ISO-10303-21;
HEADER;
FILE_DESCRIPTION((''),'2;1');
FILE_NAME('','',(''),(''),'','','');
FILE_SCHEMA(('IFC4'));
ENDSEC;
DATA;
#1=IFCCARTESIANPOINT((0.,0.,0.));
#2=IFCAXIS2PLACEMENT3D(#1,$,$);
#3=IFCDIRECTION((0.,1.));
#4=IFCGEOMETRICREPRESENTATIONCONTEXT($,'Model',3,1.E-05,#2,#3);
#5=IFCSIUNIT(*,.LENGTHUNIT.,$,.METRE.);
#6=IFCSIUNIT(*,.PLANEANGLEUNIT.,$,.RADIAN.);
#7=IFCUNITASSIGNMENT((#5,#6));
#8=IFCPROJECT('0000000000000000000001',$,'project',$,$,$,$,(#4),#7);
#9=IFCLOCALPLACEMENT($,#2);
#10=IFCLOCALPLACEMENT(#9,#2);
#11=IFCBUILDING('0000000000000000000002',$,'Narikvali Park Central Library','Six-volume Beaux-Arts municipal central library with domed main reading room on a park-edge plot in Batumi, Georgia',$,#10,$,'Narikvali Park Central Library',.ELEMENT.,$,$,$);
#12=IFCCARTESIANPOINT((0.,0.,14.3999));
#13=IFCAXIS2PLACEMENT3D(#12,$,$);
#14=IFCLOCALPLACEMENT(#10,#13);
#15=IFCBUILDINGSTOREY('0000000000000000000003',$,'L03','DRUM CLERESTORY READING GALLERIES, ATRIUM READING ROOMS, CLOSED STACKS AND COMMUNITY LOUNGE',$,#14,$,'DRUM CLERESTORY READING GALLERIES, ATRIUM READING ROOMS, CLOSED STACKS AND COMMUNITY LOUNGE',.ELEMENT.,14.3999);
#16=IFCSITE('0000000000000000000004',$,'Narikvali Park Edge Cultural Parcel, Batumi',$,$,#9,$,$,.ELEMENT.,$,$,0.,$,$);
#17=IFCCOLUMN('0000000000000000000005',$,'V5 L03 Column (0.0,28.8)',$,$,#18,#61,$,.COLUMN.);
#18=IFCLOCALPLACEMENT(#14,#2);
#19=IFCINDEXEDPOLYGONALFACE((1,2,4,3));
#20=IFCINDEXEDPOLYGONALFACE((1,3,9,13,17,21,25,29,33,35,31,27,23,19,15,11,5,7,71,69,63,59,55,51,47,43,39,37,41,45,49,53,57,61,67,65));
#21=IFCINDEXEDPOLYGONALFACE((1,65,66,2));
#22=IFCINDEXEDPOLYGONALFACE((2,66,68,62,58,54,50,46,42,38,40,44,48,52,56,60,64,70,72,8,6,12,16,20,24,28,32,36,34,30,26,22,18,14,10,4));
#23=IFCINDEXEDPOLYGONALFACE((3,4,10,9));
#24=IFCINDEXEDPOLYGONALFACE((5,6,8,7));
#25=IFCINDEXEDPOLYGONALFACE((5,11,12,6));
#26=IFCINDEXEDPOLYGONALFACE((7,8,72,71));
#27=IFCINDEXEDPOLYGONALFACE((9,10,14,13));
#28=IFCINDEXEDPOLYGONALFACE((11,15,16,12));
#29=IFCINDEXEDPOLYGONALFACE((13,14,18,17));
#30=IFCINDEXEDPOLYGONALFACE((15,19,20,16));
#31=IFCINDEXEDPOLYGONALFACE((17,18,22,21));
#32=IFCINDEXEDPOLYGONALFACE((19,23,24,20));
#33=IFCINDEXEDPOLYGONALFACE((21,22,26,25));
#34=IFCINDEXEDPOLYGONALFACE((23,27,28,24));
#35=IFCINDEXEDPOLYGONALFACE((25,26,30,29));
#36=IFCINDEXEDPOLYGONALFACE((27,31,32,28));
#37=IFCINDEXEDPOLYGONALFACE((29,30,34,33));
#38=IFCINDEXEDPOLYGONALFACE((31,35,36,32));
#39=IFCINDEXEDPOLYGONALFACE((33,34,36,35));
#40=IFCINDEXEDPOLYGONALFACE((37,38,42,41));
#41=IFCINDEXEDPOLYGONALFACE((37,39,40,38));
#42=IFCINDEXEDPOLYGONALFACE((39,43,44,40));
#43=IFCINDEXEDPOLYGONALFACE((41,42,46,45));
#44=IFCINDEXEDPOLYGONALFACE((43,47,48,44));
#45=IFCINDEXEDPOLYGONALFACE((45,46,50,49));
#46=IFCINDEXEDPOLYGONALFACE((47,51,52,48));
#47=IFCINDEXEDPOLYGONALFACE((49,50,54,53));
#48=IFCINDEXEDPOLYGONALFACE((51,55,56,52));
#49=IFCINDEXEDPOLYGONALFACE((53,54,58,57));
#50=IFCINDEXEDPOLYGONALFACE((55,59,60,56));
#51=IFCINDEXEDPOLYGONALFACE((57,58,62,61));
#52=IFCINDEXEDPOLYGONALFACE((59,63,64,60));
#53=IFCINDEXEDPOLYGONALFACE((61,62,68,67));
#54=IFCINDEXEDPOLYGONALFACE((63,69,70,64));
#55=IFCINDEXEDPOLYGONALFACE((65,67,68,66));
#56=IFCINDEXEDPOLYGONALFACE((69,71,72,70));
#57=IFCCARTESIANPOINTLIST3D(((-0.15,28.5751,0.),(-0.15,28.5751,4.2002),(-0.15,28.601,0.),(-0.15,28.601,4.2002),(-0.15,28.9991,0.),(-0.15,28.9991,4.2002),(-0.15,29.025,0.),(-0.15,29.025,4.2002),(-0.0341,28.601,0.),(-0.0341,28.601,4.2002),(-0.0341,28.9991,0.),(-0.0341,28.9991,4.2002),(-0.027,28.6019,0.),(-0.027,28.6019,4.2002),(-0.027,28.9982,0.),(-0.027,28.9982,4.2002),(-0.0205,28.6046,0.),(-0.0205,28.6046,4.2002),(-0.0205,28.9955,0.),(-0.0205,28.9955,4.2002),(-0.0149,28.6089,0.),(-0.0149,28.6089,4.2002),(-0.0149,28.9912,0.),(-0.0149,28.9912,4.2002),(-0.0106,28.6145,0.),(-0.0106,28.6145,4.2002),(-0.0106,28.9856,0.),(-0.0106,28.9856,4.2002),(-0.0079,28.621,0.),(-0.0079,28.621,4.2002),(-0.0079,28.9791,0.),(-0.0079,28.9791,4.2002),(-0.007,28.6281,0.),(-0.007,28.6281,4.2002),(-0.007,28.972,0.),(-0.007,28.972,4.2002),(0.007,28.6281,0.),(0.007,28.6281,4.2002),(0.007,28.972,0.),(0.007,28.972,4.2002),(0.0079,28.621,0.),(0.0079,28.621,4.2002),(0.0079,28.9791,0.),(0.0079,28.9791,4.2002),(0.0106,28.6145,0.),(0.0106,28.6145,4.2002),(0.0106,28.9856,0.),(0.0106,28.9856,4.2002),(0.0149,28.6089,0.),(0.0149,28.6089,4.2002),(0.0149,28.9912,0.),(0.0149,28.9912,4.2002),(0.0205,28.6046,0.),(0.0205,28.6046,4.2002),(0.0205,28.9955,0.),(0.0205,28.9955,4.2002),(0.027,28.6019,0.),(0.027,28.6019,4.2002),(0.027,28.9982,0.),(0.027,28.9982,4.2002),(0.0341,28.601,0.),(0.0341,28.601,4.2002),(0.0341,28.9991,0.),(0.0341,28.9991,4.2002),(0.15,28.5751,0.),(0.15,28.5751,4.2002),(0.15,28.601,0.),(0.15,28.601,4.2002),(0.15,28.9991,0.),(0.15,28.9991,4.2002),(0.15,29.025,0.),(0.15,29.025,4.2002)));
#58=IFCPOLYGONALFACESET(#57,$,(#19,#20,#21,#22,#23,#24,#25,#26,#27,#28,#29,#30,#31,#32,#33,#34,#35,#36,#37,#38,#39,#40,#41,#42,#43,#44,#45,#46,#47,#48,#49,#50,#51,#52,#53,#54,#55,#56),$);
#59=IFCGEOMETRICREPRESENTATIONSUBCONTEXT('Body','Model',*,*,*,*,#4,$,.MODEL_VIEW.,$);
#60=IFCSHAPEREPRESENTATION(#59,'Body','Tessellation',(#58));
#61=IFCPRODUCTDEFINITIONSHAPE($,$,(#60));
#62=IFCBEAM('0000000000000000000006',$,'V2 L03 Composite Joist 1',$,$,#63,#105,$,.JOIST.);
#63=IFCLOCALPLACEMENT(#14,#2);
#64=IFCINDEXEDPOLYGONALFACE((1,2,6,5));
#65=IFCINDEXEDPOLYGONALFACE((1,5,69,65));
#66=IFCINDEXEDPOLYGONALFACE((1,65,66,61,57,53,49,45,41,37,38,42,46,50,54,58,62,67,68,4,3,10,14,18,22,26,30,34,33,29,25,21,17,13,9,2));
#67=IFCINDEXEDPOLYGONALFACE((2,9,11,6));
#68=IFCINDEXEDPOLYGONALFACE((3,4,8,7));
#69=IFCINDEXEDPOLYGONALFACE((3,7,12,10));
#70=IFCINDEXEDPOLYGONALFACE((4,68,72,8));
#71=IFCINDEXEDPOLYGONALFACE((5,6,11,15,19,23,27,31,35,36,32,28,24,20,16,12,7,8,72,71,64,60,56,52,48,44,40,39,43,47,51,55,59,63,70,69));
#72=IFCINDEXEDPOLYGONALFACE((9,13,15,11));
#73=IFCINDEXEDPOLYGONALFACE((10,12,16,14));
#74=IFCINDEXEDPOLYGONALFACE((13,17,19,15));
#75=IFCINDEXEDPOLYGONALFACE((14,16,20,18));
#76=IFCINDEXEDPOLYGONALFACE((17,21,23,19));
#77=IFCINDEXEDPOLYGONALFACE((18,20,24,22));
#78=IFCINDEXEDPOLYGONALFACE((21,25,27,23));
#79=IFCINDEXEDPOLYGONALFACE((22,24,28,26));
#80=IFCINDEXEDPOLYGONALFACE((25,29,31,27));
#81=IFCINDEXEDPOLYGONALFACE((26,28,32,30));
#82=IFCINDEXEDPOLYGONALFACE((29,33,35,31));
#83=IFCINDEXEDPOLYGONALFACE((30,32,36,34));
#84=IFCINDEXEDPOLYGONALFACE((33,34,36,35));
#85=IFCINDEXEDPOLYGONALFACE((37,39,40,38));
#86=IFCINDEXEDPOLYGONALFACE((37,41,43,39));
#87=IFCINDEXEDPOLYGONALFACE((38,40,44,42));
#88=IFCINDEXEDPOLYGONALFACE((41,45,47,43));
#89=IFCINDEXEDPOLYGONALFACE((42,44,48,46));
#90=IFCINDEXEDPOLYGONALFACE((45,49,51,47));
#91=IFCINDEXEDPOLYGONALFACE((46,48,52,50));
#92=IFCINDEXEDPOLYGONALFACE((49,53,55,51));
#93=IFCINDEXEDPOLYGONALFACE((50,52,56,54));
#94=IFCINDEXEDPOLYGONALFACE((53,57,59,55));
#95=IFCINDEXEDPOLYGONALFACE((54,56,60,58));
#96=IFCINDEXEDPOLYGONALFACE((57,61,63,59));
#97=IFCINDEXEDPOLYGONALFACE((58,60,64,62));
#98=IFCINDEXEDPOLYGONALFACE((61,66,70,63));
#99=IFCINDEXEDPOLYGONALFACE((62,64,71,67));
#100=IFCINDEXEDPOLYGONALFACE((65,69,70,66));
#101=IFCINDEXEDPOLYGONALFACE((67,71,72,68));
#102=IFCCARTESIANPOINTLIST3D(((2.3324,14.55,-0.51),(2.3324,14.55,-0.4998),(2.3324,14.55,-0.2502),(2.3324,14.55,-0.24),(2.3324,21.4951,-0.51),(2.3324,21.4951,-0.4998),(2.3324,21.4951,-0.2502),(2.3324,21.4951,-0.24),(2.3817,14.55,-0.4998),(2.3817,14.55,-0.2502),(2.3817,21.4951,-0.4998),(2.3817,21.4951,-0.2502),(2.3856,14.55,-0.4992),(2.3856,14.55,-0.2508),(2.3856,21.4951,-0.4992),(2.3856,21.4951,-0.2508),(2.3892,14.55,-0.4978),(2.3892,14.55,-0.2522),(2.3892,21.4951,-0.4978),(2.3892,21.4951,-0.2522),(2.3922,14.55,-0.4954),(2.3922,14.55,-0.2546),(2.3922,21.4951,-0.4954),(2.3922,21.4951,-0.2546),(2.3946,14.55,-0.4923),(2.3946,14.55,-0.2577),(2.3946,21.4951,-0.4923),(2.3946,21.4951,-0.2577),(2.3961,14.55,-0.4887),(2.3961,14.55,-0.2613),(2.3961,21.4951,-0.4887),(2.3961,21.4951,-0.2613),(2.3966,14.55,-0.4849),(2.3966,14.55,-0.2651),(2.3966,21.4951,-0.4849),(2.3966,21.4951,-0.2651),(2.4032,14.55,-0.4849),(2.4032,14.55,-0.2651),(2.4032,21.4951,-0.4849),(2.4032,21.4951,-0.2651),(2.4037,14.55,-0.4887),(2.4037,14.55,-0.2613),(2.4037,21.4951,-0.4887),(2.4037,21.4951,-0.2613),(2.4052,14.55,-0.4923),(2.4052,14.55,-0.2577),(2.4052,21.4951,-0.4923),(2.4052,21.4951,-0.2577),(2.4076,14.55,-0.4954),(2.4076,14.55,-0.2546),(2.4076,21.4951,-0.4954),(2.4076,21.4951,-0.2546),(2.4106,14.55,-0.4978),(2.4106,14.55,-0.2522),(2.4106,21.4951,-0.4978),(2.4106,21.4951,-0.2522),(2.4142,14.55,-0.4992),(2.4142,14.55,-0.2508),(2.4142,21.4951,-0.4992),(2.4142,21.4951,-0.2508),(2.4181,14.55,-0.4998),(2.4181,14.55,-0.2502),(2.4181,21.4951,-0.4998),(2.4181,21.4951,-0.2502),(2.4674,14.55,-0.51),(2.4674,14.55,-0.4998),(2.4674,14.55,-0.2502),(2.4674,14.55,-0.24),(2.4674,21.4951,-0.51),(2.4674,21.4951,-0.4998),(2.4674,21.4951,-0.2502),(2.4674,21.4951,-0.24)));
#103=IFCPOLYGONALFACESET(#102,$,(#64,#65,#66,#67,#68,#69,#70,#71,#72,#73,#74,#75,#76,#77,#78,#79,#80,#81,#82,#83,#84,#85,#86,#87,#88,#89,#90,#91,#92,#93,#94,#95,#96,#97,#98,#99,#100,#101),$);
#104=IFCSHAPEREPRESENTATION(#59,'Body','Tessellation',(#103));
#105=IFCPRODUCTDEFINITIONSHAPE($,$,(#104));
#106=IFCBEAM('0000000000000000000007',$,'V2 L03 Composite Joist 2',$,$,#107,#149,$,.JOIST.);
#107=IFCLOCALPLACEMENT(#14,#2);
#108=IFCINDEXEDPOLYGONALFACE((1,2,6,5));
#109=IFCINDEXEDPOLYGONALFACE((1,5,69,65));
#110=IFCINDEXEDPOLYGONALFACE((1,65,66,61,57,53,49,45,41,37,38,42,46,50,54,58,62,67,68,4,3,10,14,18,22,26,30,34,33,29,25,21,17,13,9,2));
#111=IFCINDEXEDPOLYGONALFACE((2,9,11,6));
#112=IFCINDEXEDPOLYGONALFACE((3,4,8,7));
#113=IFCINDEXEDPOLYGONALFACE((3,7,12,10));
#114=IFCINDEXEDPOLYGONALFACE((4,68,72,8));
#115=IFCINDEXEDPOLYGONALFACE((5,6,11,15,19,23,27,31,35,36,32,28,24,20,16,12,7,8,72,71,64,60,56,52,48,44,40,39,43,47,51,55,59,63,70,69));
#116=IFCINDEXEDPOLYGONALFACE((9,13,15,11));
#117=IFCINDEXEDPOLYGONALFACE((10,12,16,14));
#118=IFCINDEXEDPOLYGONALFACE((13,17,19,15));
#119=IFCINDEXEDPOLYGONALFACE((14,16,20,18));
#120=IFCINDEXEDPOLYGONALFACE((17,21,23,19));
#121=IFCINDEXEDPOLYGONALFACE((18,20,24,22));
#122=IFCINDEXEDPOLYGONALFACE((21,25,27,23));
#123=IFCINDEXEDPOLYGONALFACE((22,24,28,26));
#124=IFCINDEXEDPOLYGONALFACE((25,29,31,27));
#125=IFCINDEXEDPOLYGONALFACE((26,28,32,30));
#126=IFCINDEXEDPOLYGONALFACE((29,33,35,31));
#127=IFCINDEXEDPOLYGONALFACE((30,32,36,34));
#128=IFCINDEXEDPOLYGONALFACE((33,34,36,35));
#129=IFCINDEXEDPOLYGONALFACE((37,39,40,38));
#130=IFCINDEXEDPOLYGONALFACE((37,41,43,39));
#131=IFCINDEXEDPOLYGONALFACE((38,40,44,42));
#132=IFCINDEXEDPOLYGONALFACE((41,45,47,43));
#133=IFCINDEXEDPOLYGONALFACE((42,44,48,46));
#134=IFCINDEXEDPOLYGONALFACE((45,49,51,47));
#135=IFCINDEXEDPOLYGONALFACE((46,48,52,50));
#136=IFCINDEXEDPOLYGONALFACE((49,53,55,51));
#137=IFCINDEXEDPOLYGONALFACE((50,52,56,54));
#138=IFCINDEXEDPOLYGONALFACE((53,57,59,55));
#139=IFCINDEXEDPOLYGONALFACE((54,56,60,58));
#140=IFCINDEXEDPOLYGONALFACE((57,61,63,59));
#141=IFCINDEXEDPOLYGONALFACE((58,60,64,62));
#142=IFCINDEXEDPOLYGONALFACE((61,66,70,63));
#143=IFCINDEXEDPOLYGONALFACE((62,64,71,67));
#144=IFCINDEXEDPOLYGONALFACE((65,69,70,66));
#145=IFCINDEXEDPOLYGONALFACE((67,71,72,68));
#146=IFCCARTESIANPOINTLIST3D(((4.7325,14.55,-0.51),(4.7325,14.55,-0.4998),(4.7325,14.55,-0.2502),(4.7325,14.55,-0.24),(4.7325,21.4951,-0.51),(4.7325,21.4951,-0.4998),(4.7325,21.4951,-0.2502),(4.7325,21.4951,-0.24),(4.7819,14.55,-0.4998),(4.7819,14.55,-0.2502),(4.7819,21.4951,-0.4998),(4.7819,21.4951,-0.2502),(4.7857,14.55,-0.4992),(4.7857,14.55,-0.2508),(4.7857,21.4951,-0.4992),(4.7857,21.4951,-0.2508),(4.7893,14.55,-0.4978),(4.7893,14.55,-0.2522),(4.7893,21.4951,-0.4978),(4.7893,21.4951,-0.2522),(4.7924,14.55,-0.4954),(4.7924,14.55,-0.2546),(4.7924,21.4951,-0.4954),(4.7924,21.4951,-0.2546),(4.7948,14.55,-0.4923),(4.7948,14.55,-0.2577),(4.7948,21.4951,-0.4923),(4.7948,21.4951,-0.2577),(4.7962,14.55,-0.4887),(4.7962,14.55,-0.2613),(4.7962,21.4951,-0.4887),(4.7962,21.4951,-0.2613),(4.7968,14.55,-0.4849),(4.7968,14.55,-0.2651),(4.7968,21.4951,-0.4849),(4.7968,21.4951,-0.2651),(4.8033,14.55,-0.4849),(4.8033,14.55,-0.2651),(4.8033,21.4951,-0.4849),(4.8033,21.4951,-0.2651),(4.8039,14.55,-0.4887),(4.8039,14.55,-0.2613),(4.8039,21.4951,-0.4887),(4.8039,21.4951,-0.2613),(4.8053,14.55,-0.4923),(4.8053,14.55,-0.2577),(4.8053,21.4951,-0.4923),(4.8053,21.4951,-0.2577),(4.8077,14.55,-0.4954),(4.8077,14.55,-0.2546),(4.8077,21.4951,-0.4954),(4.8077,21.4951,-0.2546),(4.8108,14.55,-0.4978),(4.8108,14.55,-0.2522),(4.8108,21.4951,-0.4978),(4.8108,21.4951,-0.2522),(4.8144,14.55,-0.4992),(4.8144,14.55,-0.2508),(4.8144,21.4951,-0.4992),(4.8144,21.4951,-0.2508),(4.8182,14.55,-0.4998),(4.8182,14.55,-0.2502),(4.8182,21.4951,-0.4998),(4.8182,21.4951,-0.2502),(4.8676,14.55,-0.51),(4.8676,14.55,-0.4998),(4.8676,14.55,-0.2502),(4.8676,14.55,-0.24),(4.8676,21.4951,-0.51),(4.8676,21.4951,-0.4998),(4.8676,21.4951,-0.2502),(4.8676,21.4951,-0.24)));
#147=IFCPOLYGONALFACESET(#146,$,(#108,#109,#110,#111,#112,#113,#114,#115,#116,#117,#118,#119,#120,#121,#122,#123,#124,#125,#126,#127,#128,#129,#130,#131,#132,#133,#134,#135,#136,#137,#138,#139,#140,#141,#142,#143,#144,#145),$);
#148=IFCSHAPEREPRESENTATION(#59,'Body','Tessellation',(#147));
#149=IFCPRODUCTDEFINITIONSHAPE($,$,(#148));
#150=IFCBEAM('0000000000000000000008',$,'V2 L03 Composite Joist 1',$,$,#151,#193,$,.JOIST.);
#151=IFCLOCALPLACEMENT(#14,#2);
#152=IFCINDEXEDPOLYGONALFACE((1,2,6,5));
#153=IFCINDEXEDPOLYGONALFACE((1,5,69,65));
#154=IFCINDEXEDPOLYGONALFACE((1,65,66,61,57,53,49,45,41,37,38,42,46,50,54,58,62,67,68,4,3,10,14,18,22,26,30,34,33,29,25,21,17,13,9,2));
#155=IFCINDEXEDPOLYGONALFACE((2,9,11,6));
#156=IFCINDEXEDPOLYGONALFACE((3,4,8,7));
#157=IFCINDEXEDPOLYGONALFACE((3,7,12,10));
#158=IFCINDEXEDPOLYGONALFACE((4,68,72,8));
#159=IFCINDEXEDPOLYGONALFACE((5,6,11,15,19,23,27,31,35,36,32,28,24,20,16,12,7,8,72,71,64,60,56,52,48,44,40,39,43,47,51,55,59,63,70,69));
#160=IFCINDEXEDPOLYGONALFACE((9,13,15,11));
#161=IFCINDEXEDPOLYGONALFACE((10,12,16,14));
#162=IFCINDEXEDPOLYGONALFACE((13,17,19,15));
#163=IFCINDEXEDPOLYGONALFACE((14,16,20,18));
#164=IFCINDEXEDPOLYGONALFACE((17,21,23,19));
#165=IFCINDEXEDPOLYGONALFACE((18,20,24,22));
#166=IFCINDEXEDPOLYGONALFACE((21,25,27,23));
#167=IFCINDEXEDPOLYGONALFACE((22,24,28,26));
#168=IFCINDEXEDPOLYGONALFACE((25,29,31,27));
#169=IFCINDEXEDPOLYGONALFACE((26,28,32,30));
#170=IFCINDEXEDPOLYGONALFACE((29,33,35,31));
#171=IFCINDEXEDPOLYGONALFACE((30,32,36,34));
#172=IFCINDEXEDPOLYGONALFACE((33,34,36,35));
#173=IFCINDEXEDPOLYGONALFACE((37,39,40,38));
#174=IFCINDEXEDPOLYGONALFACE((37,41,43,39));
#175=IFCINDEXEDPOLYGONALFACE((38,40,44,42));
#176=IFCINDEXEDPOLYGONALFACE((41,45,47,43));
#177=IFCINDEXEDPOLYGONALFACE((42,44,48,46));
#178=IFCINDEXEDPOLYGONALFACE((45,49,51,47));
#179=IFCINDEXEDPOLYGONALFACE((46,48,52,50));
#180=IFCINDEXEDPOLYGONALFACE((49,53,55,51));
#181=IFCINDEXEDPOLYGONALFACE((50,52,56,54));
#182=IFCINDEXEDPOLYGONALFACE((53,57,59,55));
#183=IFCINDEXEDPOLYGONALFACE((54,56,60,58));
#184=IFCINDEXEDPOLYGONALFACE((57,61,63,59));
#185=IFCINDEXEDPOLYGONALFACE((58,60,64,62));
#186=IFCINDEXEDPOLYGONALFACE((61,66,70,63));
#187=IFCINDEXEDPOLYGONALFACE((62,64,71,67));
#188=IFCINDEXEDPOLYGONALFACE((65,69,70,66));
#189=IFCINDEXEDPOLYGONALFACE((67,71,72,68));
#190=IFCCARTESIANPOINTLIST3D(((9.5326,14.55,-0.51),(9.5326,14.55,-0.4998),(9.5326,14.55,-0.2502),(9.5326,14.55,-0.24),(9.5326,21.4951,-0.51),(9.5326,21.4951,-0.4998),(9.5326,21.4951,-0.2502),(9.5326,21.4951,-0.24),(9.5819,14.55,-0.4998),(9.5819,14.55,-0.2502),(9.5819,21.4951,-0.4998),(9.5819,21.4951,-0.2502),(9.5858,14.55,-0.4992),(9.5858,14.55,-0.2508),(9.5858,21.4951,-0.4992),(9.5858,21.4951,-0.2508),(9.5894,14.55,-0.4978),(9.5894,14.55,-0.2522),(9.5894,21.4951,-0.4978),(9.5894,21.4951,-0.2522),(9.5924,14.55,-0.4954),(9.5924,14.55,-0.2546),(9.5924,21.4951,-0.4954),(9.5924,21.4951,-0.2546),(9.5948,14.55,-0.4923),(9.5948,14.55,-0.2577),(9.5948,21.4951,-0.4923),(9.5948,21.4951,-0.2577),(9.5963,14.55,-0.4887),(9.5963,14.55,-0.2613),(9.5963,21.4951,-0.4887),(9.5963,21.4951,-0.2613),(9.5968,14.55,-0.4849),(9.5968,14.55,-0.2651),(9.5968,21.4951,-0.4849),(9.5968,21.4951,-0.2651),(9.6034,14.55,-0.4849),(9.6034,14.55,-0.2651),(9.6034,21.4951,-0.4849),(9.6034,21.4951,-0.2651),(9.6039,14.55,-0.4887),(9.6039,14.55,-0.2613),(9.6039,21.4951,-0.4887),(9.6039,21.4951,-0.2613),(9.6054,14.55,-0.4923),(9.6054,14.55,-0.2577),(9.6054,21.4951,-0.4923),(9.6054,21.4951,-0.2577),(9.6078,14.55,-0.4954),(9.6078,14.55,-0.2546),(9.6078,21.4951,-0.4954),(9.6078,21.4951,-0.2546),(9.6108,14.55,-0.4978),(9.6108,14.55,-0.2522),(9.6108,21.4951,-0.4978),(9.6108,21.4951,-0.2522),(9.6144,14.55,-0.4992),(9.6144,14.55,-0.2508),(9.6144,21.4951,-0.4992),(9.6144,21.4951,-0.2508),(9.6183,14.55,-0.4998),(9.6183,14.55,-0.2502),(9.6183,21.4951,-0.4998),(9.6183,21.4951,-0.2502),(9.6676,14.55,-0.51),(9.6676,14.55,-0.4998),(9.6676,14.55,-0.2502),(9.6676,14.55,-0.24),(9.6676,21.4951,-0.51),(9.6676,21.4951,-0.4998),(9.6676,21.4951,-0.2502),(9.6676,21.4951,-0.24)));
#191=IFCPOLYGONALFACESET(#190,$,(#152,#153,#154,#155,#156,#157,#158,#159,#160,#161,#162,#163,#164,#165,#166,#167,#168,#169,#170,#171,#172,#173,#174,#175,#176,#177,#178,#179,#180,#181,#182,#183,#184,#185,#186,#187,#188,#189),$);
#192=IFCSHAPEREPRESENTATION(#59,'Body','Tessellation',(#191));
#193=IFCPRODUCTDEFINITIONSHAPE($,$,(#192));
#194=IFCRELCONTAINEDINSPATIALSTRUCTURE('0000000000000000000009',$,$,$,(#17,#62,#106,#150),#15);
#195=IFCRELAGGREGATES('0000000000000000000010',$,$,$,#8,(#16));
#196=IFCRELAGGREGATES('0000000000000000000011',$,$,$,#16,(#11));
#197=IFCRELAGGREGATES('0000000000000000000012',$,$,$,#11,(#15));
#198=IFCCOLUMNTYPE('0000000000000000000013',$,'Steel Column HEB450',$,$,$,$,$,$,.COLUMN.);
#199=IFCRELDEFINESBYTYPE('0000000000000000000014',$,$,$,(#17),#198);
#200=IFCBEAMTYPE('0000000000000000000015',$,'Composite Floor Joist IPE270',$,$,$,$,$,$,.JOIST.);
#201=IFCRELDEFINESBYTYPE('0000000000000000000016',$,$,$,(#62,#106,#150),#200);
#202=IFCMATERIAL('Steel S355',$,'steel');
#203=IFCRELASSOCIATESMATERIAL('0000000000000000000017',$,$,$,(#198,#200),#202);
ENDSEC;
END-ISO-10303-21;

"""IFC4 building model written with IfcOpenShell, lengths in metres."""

from ifc_helpers import new_model, si_unit, direction, frame, origin, origin_2d, place, context, subcontext, project, spatial, i_section, extrude, material, material_profile, profile_set, type_object, element, save


model = new_model("IFC4")

# Units and contexts
model_context = context("Model", 3, precision=1e-05, world=origin(), true_north=direction((0.0, 1.0)))
body_context = subcontext(model_context, "Body", "Model", "MODEL_VIEW")
ifc_project = project(units=[si_unit("LENGTHUNIT", "METRE"), si_unit("PLANEANGLEUNIT", "RADIAN")], contexts=[model_context])

# Site, building, storey
site_placement = place(None, origin())
site = spatial("IfcSite", under=ifc_project, at=site_placement, Name="Narikvali Park Edge Cultural Parcel, Batumi", CompositionType="ELEMENT", RefElevation=0.0)
building_placement = place(site_placement, origin())
building = spatial("IfcBuilding", under=site, at=building_placement, Name="Narikvali Park Central Library", Description="Six-volume Beaux-Arts municipal central library with domed main reading room on a park-edge plot in Batumi, Georgia", LongName="Narikvali Park Central Library", CompositionType="ELEMENT")
storey_placement = place(building_placement, frame((0.0, 0.0, 14.3999)))
storey = spatial("IfcBuildingStorey", under=building, at=storey_placement, Name="L03", Description="DRUM CLERESTORY READING GALLERIES, ATRIUM READING ROOMS, CLOSED STACKS AND COMMUNITY LOUNGE", LongName="DRUM CLERESTORY READING GALLERIES, ATRIUM READING ROOMS, CLOSED STACKS AND COMMUNITY LOUNGE", CompositionType="ELEMENT", Elevation=14.3999)

# Column
ifc_material_1 = material(Name="Steel S355", Category="steel")
ifc_material_profile_1 = material_profile(ifc_material_1, i_section(OverallWidth=0.3, OverallDepth=0.45, WebThickness=0.0139, FlangeThickness=0.0259, FilletRadius=0.0271, at=origin_2d()), Name="HEB 450")
ifc_profile_set_1 = profile_set([ifc_material_profile_1], Name="Steel S355")
column_type = type_object("IfcColumnType", Name="Steel Column HEB450", PredefinedType="COLUMN", material=ifc_profile_set_1)
column_placement = place(storey_placement, frame((0.0, 28.8, 0.0), z_axis=(0.0, 0.0, 1.0), x_axis=(1.0, 0.0, 0.0)))
element("IfcColumn", 1, at=column_placement, inside=storey, type_object=column_type, Name="V5 L03 Column (0.0,28.8)", PredefinedType="COLUMN", context=body_context, shape_type="SweptSolid", body=[
    extrude(i_section(OverallWidth=0.3, OverallDepth=0.45, WebThickness=0.0139, FlangeThickness=0.0259, FilletRadius=0.0271, at=origin_2d()), origin(), (0.0, 0.0, 1.0), 4.2002),
])

# Beams
ifc_material_profile_2 = material_profile(ifc_material_1, i_section(OverallWidth=0.135, OverallDepth=0.27, WebThickness=0.0066, FlangeThickness=0.0103, FilletRadius=0.0149, at=origin_2d()), Name="IPE 270")
ifc_profile_set_2 = profile_set([ifc_material_profile_2], Name="Steel S355")
beam_type_1 = type_object("IfcBeamType", Name="Composite Floor Joist IPE270", PredefinedType="JOIST", material=ifc_profile_set_2)
for number, where, z_axis, x_axis, name in (
    (2, (2.3999, 14.55, -0.375), (0.0, 1.0, 0.0), (-1.0, 0.0, 0.0), "V2 L03 Composite Joist 1"),
    (3, (4.8, 14.55, -0.375), (0.0, 1.0, 0.0), (-1.0, 0.0, 0.0), "V2 L03 Composite Joist 2"),
    (4, (9.6001, 14.55, -0.375), (0.0, 1.0, 0.0), (-1.0, 0.0, 0.0), "V2 L03 Composite Joist 1"),
):
    element("IfcBeam", number, at=place(storey_placement, frame(where, z_axis=z_axis, x_axis=x_axis)), inside=storey, type_object=beam_type_1, Name=name, PredefinedType="JOIST", context=body_context, shape_type="SweptSolid", body=[
        extrude(i_section(OverallWidth=0.135, OverallDepth=0.27, WebThickness=0.0066, FlangeThickness=0.0103, FilletRadius=0.0149, at=origin_2d()), origin(), (0.0, 0.0, 1.0), 6.9451),
    ])

save(model, "model.ifc")
